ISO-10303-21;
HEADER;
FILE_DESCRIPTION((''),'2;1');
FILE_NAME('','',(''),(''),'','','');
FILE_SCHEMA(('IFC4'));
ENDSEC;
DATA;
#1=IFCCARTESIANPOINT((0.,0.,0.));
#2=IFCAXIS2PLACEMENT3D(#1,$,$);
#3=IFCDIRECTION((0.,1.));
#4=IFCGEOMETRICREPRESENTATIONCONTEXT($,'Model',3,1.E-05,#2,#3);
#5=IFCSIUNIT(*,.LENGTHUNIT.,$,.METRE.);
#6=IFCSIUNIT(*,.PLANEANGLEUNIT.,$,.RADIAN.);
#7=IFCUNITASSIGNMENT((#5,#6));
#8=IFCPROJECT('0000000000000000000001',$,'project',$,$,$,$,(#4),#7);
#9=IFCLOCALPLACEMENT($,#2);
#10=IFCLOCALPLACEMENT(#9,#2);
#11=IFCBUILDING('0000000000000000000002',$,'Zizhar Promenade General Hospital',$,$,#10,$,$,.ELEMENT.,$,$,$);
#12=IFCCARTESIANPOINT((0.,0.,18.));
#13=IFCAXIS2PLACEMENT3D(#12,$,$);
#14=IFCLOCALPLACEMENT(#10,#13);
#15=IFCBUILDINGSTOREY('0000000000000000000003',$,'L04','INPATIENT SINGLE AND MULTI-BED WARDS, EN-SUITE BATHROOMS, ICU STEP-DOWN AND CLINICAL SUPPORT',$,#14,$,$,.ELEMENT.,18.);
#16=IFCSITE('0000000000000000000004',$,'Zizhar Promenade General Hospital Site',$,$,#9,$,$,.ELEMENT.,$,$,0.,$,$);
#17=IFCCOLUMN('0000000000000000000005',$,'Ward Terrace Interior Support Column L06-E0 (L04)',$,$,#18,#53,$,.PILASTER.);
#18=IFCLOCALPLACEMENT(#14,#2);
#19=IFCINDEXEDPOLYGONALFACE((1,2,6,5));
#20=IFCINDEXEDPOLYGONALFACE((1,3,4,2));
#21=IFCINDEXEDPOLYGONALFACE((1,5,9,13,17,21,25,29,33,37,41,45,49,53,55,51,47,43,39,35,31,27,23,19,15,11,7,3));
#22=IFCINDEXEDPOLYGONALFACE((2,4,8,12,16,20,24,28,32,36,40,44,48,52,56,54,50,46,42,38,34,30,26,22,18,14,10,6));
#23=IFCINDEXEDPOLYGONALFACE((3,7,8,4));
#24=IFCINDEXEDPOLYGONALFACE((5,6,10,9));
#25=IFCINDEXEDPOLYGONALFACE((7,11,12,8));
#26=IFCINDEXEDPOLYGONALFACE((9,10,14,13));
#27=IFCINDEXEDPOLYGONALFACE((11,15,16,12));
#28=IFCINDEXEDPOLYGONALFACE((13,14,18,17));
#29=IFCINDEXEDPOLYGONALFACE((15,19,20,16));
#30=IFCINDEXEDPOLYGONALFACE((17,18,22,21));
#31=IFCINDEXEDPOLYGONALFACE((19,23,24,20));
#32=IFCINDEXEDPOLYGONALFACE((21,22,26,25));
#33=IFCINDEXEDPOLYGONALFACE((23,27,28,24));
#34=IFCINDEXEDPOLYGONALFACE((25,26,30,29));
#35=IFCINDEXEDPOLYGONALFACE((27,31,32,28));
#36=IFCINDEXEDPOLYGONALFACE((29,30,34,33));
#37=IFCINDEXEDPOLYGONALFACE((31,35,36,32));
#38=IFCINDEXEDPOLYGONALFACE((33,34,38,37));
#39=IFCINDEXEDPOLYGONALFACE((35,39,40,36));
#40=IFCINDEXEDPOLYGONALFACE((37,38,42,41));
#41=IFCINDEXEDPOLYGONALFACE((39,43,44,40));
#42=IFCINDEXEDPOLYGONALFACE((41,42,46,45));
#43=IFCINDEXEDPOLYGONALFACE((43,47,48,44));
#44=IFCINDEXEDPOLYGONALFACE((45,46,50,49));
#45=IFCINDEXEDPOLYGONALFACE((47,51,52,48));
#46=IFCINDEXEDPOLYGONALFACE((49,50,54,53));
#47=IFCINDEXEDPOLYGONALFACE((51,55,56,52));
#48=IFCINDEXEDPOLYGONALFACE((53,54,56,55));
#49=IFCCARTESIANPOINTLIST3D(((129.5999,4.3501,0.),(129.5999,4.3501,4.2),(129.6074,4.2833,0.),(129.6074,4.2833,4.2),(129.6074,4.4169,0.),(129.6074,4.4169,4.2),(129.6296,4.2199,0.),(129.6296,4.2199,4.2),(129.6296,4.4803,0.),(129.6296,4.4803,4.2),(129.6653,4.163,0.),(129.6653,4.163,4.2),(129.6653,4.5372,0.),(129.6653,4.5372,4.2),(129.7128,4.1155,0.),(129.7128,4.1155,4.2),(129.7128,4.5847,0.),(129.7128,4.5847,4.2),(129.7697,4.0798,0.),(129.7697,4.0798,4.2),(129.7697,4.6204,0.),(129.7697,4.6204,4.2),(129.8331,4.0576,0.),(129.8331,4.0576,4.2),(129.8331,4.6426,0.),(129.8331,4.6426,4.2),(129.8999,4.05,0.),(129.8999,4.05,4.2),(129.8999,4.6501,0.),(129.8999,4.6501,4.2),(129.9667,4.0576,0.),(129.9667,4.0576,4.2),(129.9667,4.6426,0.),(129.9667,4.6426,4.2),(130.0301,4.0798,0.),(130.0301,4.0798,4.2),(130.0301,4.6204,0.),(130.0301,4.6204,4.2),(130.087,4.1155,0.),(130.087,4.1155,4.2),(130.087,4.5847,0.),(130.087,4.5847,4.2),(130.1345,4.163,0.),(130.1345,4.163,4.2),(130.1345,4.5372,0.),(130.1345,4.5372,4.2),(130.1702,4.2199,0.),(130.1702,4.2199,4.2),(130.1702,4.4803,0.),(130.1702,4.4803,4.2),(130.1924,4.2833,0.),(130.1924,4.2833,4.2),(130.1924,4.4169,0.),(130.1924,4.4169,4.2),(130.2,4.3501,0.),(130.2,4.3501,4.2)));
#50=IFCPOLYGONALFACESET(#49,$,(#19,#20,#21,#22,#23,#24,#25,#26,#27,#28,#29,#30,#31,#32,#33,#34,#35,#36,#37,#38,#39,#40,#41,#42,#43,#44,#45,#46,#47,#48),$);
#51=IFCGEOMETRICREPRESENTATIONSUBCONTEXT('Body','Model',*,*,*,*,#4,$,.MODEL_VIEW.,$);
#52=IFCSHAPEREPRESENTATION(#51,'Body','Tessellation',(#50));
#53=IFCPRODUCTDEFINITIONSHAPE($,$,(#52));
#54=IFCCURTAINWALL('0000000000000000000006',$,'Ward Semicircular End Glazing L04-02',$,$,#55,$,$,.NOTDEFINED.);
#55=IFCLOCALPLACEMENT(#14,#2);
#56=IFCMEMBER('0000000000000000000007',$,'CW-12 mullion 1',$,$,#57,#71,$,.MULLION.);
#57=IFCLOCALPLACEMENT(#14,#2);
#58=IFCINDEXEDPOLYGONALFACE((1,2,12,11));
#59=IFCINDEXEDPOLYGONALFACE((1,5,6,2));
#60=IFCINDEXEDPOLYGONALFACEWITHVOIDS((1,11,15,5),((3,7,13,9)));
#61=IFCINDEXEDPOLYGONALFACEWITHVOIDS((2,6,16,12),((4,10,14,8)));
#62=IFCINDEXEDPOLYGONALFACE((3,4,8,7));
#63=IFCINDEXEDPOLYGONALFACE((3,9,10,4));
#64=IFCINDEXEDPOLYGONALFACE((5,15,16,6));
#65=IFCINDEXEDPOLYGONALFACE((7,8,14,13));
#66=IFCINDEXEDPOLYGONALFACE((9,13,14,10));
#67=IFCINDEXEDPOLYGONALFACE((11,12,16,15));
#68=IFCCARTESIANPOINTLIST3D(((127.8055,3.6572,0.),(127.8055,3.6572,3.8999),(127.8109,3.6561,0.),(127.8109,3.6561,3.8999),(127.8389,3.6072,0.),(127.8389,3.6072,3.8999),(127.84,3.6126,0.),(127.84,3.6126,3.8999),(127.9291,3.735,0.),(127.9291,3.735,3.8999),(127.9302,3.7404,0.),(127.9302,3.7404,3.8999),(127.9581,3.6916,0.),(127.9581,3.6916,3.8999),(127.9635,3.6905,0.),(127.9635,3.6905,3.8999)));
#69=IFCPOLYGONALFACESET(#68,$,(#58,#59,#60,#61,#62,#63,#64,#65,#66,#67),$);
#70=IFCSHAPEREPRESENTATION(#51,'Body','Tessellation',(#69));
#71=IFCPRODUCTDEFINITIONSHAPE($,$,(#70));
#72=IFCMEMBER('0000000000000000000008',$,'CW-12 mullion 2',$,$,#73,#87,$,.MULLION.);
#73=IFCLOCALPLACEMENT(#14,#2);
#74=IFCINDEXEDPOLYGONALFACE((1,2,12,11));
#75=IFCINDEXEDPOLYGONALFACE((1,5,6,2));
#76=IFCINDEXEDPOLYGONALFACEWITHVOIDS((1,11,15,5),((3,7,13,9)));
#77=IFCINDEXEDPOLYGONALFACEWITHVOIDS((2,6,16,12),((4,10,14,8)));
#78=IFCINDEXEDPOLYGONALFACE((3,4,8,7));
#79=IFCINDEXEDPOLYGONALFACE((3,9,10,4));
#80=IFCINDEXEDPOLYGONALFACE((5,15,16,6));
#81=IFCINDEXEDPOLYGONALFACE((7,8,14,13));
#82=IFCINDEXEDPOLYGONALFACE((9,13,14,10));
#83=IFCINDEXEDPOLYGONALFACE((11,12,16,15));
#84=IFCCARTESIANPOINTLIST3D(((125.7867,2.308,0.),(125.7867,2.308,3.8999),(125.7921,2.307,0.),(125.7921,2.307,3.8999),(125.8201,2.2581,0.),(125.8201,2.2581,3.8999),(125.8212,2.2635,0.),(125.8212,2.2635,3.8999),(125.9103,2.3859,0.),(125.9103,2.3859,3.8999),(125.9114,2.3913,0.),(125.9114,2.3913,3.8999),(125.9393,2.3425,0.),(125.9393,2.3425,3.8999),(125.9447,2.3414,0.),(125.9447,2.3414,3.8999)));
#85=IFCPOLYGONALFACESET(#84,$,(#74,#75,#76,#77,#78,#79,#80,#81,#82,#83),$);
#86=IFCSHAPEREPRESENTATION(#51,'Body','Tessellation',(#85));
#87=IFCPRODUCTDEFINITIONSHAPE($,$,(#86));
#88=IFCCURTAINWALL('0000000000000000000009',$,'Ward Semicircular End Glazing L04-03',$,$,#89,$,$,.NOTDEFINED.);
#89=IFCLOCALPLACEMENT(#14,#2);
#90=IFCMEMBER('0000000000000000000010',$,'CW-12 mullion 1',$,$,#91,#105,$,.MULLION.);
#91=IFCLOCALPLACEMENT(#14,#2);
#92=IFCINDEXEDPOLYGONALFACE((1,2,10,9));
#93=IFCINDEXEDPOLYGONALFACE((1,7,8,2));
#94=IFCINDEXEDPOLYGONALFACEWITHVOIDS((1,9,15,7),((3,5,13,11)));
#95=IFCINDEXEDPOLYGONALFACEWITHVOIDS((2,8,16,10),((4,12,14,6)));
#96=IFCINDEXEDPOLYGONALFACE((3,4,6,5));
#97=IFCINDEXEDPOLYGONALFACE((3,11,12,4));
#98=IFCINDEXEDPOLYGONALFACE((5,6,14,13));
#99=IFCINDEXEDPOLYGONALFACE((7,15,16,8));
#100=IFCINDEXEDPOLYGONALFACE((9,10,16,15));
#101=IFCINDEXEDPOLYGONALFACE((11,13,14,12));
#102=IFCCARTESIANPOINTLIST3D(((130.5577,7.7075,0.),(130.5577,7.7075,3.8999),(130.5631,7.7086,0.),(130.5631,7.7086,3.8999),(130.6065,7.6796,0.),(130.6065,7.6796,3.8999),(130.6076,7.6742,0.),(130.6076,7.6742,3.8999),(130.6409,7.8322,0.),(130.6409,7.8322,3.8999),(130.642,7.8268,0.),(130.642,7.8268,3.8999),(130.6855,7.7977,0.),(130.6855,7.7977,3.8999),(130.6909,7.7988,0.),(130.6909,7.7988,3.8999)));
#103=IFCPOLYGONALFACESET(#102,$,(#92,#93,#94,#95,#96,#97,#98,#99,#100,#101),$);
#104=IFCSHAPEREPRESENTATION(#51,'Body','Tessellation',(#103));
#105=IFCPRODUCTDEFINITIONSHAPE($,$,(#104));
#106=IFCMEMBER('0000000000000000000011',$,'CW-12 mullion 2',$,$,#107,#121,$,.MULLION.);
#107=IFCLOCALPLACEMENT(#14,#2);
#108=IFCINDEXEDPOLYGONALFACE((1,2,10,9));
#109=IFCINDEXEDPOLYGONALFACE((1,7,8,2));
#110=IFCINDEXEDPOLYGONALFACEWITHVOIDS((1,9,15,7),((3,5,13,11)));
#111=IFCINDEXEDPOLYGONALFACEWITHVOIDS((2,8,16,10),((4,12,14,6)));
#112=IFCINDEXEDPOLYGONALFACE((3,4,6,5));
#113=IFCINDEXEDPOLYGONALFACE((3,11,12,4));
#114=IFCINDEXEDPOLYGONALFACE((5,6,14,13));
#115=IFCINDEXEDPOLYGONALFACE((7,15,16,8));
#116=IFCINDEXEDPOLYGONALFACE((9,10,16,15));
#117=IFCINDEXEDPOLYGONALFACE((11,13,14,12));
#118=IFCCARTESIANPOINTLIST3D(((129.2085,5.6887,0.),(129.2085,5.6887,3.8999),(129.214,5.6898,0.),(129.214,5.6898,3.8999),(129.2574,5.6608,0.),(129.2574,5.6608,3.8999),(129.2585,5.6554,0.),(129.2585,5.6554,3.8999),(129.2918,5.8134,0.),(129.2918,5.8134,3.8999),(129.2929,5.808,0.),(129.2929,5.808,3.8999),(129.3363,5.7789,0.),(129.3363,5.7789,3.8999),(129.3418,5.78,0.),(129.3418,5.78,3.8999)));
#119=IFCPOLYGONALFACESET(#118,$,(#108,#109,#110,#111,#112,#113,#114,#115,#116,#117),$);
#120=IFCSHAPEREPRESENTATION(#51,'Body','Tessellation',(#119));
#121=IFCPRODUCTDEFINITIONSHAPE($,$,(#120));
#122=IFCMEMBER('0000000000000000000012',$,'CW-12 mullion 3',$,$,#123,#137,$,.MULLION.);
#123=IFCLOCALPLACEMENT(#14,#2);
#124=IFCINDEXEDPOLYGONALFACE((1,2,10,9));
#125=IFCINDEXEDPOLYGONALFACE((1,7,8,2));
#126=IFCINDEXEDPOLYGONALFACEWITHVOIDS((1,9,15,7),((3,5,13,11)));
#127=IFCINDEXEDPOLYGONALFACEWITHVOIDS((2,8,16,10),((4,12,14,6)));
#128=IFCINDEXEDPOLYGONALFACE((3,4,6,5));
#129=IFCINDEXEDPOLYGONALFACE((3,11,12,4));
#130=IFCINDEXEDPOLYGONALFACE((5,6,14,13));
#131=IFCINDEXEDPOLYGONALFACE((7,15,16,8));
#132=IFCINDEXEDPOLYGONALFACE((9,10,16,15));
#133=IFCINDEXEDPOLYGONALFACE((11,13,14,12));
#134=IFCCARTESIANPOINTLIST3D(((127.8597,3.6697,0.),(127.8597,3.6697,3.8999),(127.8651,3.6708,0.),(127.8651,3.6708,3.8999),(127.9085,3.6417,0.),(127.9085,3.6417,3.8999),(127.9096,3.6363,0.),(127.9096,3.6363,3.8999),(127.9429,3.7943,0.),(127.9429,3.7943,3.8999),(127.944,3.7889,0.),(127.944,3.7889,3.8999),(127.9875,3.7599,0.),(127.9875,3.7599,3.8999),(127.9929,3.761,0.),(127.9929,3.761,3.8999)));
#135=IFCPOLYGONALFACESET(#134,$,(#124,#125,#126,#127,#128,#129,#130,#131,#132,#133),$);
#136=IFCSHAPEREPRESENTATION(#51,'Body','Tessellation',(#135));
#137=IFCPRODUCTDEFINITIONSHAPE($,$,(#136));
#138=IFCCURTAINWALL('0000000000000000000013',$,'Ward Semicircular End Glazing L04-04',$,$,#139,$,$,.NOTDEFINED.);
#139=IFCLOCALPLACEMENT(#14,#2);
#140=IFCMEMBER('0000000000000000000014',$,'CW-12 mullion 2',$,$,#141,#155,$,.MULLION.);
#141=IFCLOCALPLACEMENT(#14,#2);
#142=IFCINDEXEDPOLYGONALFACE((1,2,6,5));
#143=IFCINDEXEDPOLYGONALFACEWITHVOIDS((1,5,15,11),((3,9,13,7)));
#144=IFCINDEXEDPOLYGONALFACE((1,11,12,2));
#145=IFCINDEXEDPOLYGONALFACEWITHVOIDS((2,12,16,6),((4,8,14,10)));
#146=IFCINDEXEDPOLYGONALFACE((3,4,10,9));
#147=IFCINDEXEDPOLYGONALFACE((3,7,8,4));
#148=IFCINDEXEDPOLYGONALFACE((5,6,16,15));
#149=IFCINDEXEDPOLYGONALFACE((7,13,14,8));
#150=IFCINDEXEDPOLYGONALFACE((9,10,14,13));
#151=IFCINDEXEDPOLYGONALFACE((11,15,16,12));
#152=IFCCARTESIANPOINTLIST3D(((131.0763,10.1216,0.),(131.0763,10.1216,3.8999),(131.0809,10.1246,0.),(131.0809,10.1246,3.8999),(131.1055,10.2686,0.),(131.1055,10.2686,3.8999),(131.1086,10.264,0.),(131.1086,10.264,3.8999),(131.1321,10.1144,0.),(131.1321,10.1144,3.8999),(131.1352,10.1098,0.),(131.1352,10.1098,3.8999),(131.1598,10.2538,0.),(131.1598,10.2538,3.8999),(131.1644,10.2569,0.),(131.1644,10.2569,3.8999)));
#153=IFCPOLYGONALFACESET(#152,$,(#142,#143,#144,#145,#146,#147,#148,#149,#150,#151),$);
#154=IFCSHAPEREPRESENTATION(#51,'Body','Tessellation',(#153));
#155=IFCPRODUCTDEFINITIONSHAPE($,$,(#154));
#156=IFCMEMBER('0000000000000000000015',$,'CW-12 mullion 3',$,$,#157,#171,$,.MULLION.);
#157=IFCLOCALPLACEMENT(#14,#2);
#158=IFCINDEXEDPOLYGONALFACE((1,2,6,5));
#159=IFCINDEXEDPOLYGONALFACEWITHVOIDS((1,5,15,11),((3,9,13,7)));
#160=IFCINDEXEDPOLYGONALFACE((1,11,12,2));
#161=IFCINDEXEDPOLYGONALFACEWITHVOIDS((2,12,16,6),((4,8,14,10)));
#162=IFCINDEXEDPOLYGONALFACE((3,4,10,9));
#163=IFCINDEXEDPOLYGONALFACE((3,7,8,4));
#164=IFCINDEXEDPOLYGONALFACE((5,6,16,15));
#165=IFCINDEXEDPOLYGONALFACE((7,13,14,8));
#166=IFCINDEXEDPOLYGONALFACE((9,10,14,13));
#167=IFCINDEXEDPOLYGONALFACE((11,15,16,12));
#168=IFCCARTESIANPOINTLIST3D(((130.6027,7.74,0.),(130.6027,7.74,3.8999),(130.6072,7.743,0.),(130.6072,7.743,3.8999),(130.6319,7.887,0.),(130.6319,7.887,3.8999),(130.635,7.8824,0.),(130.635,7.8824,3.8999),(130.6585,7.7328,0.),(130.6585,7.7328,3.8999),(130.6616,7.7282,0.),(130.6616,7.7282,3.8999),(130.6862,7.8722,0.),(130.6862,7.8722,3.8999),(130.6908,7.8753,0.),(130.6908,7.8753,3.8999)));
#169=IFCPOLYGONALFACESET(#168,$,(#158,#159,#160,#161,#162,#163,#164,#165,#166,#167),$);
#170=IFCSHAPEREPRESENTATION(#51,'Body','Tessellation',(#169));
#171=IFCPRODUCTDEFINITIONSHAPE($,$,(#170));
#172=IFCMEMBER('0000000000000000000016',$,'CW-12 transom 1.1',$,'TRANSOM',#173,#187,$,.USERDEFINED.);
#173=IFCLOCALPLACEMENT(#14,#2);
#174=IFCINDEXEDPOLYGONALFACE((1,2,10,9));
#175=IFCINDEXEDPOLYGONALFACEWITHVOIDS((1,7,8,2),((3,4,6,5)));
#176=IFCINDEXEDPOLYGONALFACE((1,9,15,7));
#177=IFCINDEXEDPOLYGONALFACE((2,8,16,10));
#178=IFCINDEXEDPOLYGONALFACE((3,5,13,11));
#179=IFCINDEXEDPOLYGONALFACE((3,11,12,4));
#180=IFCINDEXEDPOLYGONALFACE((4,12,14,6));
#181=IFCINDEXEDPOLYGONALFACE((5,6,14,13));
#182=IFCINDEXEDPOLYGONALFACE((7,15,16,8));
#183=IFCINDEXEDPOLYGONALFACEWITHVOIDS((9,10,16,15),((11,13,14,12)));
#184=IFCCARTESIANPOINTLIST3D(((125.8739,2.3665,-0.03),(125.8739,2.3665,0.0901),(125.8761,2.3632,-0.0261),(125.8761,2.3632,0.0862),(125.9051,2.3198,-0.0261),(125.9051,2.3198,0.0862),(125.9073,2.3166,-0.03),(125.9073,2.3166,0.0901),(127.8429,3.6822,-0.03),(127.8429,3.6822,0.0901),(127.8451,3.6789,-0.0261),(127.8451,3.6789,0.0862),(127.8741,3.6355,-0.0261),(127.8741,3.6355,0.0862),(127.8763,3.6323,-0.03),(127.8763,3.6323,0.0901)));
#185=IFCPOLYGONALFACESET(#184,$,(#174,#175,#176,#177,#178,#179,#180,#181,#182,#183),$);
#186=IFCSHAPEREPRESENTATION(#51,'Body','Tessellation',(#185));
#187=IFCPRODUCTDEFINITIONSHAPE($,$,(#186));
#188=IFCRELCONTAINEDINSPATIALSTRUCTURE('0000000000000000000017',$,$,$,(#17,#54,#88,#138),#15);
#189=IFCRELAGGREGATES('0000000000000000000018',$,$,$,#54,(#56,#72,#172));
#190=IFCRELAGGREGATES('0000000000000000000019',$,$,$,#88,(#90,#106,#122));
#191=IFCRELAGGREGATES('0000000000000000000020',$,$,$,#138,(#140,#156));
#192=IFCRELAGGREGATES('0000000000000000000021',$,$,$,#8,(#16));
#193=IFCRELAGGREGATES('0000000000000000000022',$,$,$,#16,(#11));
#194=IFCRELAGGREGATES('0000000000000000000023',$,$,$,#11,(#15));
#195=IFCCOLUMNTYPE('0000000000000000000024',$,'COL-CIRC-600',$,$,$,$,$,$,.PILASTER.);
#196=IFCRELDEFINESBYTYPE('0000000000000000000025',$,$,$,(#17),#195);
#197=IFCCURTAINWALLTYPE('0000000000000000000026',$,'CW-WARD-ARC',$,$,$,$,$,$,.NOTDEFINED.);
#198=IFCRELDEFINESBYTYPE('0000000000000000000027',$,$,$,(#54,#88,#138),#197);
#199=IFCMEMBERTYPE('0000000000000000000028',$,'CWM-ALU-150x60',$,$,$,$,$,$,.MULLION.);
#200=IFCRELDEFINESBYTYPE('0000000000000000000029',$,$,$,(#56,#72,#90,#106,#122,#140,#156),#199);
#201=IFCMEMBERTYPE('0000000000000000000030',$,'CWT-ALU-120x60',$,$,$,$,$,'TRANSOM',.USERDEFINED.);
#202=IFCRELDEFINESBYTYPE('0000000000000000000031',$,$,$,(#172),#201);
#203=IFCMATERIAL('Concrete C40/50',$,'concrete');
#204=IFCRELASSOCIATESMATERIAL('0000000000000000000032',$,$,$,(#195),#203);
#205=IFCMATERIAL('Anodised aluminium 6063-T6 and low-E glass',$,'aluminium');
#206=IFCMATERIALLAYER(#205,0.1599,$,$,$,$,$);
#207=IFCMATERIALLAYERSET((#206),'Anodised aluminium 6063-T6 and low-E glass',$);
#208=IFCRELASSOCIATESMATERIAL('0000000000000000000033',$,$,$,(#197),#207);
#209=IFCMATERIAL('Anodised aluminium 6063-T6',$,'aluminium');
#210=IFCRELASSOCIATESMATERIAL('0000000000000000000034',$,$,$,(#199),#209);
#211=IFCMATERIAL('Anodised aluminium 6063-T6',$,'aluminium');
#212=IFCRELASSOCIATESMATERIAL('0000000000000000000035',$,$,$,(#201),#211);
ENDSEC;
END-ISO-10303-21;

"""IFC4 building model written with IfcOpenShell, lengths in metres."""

from ifc_helpers import new_model, si_unit, direction, frame, origin, origin_2d, place, context, subcontext, project, spatial, hollow_rectangle, circle, extrude, material, layer, layer_set, material_profile, profile_set, type_object, element, aggregate, save


model = new_model("IFC4")

# Units and contexts
model_context = context("Model", 3, precision=1e-05, world=origin(), true_north=direction((0.0, 1.0)))
body_context = subcontext(model_context, "Body", "Model", "MODEL_VIEW")
ifc_project = project(units=[si_unit("LENGTHUNIT", "METRE"), si_unit("PLANEANGLEUNIT", "RADIAN")], contexts=[model_context])

# Site, building, storey
site_placement = place(None, origin())
site = spatial("IfcSite", under=ifc_project, at=site_placement, Name="Zizhar Promenade General Hospital Site", CompositionType="ELEMENT", RefElevation=0.0)
building_placement = place(site_placement, origin())
building = spatial("IfcBuilding", under=site, at=building_placement, Name="Zizhar Promenade General Hospital", CompositionType="ELEMENT")
storey_placement = place(building_placement, frame((0.0, 0.0, 18.0)))
storey = spatial("IfcBuildingStorey", under=building, at=storey_placement, Name="L04", Description="INPATIENT SINGLE AND MULTI-BED WARDS, EN-SUITE BATHROOMS, ICU STEP-DOWN AND CLINICAL SUPPORT", CompositionType="ELEMENT", Elevation=18.0)

# Column
ifc_material_1 = material(Name="Concrete C40/50", Category="concrete")
ifc_material_profile_1 = material_profile(ifc_material_1, circle(Radius=0.3, at=origin_2d()))
ifc_profile_set_1 = profile_set([ifc_material_profile_1], Name="Concrete C40/50")
column_type = type_object("IfcColumnType", Name="COL-CIRC-600", PredefinedType="PILASTER", material=ifc_profile_set_1)
column_placement = place(storey_placement, frame((129.8999, 4.3501, 0.0), z_axis=(0.0, 0.0, 1.0), x_axis=(1.0, 0.0, 0.0)))
element("IfcColumn", 1, at=column_placement, inside=storey, type_object=column_type, Name="Ward Terrace Interior Support Column L06-E0 (L04)", PredefinedType="PILASTER", context=body_context, shape_type="SweptSolid", body=[
    extrude(circle(Radius=0.3, at=origin_2d()), origin(), (0.0, 0.0, 1.0), 4.2),
])

# Curtain walls, members
ifc_material_2 = material(Name="Anodised aluminium 6063-T6 and low-E glass", Category="aluminium")
ifc_layer_1 = layer(ifc_material_2, 0.1599)
ifc_layer_set_1 = layer_set([ifc_layer_1], Name="Anodised aluminium 6063-T6 and low-E glass")
curtain_wall_type = type_object("IfcCurtainWallType", Name="CW-WARD-ARC", PredefinedType="NOTDEFINED", material=ifc_layer_set_1)
curtain_wall_1_placement = place(storey_placement, origin())
curtain_wall_1 = element("IfcCurtainWall", 2, at=curtain_wall_1_placement, inside=storey, type_object=curtain_wall_type, Name="Ward Semicircular End Glazing L04-02", PredefinedType="NOTDEFINED")
ifc_material_3 = material(Name="Anodised aluminium 6063-T6", Category="aluminium")
ifc_material_profile_2 = material_profile(ifc_material_3, hollow_rectangle(XDim=0.0601, YDim=0.1499, WallThickness=0.0039, at=origin_2d()))
ifc_profile_set_2 = profile_set([ifc_material_profile_2], Name="Anodised aluminium 6063-T6")
member_type_1 = type_object("IfcMemberType", Name="CWM-ALU-150x60", PredefinedType="MULLION", material=ifc_profile_set_2)
member_1_placement = place(storey_placement, frame((127.8845, 3.6738, 0.0), z_axis=(0.0, 0.0, 1.0), x_axis=(0.555582, -0.831462, 0.0)))
member_1 = element("IfcMember", 3, at=member_1_placement, type_object=member_type_1, Name="CW-12 mullion 1", PredefinedType="MULLION", context=body_context, shape_type="SweptSolid", body=[
    extrude(hollow_rectangle(XDim=0.0601, YDim=0.1499, WallThickness=0.0039, at=origin_2d()), origin(), (0.0, 0.0, 1.0), 3.8999),
])
member_2_placement = place(storey_placement, frame((125.8657, 2.3247, 0.0), z_axis=(0.0, 0.0, 1.0), x_axis=(0.555582, -0.831462, 0.0)))
member_2 = element("IfcMember", 4, at=member_2_placement, type_object=member_type_1, Name="CW-12 mullion 2", PredefinedType="MULLION", context=body_context, shape_type="SweptSolid", body=[
    extrude(hollow_rectangle(XDim=0.0601, YDim=0.1499, WallThickness=0.0039, at=origin_2d()), origin(), (0.0, 0.0, 1.0), 3.8999),
])
curtain_wall_2_placement = place(storey_placement, origin())
curtain_wall_2 = element("IfcCurtainWall", 5, at=curtain_wall_2_placement, inside=storey, type_object=curtain_wall_type, Name="Ward Semicircular End Glazing L04-03", PredefinedType="NOTDEFINED")
member_3_placement = place(storey_placement, frame((130.6243, 7.7532, 0.0), z_axis=(0.0, 0.0, 1.0), x_axis=(0.831462, -0.555582, 0.0)))
member_3 = element("IfcMember", 6, at=member_3_placement, type_object=member_type_1, Name="CW-12 mullion 1", PredefinedType="MULLION", context=body_context, shape_type="SweptSolid", body=[
    extrude(hollow_rectangle(XDim=0.0601, YDim=0.1499, WallThickness=0.0039, at=origin_2d()), origin(), (0.0, 0.0, 1.0), 3.8999),
])
member_4_placement = place(storey_placement, frame((129.2751, 5.7344, 0.0), z_axis=(0.0, 0.0, 1.0), x_axis=(0.831462, -0.555582, 0.0)))
member_4 = element("IfcMember", 7, at=member_4_placement, type_object=member_type_1, Name="CW-12 mullion 2", PredefinedType="MULLION", context=body_context, shape_type="SweptSolid", body=[
    extrude(hollow_rectangle(XDim=0.0601, YDim=0.1499, WallThickness=0.0039, at=origin_2d()), origin(), (0.0, 0.0, 1.0), 3.8999),
])
member_5_placement = place(storey_placement, frame((127.9263, 3.7153, 0.0), z_axis=(0.0, 0.0, 1.0), x_axis=(0.831462, -0.555582, 0.0)))
member_5 = element("IfcMember", 8, at=member_5_placement, type_object=member_type_1, Name="CW-12 mullion 3", PredefinedType="MULLION", context=body_context, shape_type="SweptSolid", body=[
    extrude(hollow_rectangle(XDim=0.0601, YDim=0.1499, WallThickness=0.0039, at=origin_2d()), origin(), (0.0, 0.0, 1.0), 3.8999),
])
curtain_wall_3_placement = place(storey_placement, origin())
curtain_wall_3 = element("IfcCurtainWall", 9, at=curtain_wall_3_placement, inside=storey, type_object=curtain_wall_type, Name="Ward Semicircular End Glazing L04-04", PredefinedType="NOTDEFINED")
member_6_placement = place(storey_placement, frame((131.1204, 10.1892, 0.0), z_axis=(0.0, 0.0, 1.0), x_axis=(0.980786, -0.195087, 0.0)))
member_6 = element("IfcMember", 10, at=member_6_placement, type_object=member_type_1, Name="CW-12 mullion 2", PredefinedType="MULLION", context=body_context, shape_type="SweptSolid", body=[
    extrude(hollow_rectangle(XDim=0.0601, YDim=0.1499, WallThickness=0.0039, at=origin_2d()), origin(), (0.0, 0.0, 1.0), 3.8999),
])
member_7_placement = place(storey_placement, frame((130.6467, 7.8076, 0.0), z_axis=(0.0, 0.0, 1.0), x_axis=(0.980786, -0.195087, 0.0)))
member_7 = element("IfcMember", 11, at=member_7_placement, type_object=member_type_1, Name="CW-12 mullion 3", PredefinedType="MULLION", context=body_context, shape_type="SweptSolid", body=[
    extrude(hollow_rectangle(XDim=0.0601, YDim=0.1499, WallThickness=0.0039, at=origin_2d()), origin(), (0.0, 0.0, 1.0), 3.8999),
])

# Member
ifc_material_4 = material(Name="Anodised aluminium 6063-T6", Category="aluminium")
ifc_material_profile_3 = material_profile(ifc_material_4, hollow_rectangle(XDim=0.0601, YDim=0.1201, WallThickness=0.0039, at=origin_2d()))
ifc_profile_set_3 = profile_set([ifc_material_profile_3], Name="Anodised aluminium 6063-T6")
member_type_2 = type_object("IfcMemberType", Name="CWT-ALU-120x60", ElementType="TRANSOM", PredefinedType="USERDEFINED", material=ifc_profile_set_3)
member_8_placement = place(storey_placement, frame((127.8596, 3.6572, 0.03), z_axis=(-0.831463, -0.55558, 0.0), x_axis=(0.55558, -0.831463, 0.0)))
member_8 = element("IfcMember", 12, at=member_8_placement, type_object=member_type_2, Name="CW-12 transom 1.1", ObjectType="TRANSOM", PredefinedType="USERDEFINED", context=body_context, shape_type="SweptSolid", body=[
    extrude(hollow_rectangle(XDim=0.0601, YDim=0.1201, WallThickness=0.0039, at=origin_2d()), origin(), (0.0, 0.0, 1.0), 2.3682),
])

aggregate(curtain_wall_1, [member_1, member_2, member_8])
aggregate(curtain_wall_2, [member_3, member_4, member_5])
aggregate(curtain_wall_3, [member_6, member_7])

save(model, "model.ifc")
